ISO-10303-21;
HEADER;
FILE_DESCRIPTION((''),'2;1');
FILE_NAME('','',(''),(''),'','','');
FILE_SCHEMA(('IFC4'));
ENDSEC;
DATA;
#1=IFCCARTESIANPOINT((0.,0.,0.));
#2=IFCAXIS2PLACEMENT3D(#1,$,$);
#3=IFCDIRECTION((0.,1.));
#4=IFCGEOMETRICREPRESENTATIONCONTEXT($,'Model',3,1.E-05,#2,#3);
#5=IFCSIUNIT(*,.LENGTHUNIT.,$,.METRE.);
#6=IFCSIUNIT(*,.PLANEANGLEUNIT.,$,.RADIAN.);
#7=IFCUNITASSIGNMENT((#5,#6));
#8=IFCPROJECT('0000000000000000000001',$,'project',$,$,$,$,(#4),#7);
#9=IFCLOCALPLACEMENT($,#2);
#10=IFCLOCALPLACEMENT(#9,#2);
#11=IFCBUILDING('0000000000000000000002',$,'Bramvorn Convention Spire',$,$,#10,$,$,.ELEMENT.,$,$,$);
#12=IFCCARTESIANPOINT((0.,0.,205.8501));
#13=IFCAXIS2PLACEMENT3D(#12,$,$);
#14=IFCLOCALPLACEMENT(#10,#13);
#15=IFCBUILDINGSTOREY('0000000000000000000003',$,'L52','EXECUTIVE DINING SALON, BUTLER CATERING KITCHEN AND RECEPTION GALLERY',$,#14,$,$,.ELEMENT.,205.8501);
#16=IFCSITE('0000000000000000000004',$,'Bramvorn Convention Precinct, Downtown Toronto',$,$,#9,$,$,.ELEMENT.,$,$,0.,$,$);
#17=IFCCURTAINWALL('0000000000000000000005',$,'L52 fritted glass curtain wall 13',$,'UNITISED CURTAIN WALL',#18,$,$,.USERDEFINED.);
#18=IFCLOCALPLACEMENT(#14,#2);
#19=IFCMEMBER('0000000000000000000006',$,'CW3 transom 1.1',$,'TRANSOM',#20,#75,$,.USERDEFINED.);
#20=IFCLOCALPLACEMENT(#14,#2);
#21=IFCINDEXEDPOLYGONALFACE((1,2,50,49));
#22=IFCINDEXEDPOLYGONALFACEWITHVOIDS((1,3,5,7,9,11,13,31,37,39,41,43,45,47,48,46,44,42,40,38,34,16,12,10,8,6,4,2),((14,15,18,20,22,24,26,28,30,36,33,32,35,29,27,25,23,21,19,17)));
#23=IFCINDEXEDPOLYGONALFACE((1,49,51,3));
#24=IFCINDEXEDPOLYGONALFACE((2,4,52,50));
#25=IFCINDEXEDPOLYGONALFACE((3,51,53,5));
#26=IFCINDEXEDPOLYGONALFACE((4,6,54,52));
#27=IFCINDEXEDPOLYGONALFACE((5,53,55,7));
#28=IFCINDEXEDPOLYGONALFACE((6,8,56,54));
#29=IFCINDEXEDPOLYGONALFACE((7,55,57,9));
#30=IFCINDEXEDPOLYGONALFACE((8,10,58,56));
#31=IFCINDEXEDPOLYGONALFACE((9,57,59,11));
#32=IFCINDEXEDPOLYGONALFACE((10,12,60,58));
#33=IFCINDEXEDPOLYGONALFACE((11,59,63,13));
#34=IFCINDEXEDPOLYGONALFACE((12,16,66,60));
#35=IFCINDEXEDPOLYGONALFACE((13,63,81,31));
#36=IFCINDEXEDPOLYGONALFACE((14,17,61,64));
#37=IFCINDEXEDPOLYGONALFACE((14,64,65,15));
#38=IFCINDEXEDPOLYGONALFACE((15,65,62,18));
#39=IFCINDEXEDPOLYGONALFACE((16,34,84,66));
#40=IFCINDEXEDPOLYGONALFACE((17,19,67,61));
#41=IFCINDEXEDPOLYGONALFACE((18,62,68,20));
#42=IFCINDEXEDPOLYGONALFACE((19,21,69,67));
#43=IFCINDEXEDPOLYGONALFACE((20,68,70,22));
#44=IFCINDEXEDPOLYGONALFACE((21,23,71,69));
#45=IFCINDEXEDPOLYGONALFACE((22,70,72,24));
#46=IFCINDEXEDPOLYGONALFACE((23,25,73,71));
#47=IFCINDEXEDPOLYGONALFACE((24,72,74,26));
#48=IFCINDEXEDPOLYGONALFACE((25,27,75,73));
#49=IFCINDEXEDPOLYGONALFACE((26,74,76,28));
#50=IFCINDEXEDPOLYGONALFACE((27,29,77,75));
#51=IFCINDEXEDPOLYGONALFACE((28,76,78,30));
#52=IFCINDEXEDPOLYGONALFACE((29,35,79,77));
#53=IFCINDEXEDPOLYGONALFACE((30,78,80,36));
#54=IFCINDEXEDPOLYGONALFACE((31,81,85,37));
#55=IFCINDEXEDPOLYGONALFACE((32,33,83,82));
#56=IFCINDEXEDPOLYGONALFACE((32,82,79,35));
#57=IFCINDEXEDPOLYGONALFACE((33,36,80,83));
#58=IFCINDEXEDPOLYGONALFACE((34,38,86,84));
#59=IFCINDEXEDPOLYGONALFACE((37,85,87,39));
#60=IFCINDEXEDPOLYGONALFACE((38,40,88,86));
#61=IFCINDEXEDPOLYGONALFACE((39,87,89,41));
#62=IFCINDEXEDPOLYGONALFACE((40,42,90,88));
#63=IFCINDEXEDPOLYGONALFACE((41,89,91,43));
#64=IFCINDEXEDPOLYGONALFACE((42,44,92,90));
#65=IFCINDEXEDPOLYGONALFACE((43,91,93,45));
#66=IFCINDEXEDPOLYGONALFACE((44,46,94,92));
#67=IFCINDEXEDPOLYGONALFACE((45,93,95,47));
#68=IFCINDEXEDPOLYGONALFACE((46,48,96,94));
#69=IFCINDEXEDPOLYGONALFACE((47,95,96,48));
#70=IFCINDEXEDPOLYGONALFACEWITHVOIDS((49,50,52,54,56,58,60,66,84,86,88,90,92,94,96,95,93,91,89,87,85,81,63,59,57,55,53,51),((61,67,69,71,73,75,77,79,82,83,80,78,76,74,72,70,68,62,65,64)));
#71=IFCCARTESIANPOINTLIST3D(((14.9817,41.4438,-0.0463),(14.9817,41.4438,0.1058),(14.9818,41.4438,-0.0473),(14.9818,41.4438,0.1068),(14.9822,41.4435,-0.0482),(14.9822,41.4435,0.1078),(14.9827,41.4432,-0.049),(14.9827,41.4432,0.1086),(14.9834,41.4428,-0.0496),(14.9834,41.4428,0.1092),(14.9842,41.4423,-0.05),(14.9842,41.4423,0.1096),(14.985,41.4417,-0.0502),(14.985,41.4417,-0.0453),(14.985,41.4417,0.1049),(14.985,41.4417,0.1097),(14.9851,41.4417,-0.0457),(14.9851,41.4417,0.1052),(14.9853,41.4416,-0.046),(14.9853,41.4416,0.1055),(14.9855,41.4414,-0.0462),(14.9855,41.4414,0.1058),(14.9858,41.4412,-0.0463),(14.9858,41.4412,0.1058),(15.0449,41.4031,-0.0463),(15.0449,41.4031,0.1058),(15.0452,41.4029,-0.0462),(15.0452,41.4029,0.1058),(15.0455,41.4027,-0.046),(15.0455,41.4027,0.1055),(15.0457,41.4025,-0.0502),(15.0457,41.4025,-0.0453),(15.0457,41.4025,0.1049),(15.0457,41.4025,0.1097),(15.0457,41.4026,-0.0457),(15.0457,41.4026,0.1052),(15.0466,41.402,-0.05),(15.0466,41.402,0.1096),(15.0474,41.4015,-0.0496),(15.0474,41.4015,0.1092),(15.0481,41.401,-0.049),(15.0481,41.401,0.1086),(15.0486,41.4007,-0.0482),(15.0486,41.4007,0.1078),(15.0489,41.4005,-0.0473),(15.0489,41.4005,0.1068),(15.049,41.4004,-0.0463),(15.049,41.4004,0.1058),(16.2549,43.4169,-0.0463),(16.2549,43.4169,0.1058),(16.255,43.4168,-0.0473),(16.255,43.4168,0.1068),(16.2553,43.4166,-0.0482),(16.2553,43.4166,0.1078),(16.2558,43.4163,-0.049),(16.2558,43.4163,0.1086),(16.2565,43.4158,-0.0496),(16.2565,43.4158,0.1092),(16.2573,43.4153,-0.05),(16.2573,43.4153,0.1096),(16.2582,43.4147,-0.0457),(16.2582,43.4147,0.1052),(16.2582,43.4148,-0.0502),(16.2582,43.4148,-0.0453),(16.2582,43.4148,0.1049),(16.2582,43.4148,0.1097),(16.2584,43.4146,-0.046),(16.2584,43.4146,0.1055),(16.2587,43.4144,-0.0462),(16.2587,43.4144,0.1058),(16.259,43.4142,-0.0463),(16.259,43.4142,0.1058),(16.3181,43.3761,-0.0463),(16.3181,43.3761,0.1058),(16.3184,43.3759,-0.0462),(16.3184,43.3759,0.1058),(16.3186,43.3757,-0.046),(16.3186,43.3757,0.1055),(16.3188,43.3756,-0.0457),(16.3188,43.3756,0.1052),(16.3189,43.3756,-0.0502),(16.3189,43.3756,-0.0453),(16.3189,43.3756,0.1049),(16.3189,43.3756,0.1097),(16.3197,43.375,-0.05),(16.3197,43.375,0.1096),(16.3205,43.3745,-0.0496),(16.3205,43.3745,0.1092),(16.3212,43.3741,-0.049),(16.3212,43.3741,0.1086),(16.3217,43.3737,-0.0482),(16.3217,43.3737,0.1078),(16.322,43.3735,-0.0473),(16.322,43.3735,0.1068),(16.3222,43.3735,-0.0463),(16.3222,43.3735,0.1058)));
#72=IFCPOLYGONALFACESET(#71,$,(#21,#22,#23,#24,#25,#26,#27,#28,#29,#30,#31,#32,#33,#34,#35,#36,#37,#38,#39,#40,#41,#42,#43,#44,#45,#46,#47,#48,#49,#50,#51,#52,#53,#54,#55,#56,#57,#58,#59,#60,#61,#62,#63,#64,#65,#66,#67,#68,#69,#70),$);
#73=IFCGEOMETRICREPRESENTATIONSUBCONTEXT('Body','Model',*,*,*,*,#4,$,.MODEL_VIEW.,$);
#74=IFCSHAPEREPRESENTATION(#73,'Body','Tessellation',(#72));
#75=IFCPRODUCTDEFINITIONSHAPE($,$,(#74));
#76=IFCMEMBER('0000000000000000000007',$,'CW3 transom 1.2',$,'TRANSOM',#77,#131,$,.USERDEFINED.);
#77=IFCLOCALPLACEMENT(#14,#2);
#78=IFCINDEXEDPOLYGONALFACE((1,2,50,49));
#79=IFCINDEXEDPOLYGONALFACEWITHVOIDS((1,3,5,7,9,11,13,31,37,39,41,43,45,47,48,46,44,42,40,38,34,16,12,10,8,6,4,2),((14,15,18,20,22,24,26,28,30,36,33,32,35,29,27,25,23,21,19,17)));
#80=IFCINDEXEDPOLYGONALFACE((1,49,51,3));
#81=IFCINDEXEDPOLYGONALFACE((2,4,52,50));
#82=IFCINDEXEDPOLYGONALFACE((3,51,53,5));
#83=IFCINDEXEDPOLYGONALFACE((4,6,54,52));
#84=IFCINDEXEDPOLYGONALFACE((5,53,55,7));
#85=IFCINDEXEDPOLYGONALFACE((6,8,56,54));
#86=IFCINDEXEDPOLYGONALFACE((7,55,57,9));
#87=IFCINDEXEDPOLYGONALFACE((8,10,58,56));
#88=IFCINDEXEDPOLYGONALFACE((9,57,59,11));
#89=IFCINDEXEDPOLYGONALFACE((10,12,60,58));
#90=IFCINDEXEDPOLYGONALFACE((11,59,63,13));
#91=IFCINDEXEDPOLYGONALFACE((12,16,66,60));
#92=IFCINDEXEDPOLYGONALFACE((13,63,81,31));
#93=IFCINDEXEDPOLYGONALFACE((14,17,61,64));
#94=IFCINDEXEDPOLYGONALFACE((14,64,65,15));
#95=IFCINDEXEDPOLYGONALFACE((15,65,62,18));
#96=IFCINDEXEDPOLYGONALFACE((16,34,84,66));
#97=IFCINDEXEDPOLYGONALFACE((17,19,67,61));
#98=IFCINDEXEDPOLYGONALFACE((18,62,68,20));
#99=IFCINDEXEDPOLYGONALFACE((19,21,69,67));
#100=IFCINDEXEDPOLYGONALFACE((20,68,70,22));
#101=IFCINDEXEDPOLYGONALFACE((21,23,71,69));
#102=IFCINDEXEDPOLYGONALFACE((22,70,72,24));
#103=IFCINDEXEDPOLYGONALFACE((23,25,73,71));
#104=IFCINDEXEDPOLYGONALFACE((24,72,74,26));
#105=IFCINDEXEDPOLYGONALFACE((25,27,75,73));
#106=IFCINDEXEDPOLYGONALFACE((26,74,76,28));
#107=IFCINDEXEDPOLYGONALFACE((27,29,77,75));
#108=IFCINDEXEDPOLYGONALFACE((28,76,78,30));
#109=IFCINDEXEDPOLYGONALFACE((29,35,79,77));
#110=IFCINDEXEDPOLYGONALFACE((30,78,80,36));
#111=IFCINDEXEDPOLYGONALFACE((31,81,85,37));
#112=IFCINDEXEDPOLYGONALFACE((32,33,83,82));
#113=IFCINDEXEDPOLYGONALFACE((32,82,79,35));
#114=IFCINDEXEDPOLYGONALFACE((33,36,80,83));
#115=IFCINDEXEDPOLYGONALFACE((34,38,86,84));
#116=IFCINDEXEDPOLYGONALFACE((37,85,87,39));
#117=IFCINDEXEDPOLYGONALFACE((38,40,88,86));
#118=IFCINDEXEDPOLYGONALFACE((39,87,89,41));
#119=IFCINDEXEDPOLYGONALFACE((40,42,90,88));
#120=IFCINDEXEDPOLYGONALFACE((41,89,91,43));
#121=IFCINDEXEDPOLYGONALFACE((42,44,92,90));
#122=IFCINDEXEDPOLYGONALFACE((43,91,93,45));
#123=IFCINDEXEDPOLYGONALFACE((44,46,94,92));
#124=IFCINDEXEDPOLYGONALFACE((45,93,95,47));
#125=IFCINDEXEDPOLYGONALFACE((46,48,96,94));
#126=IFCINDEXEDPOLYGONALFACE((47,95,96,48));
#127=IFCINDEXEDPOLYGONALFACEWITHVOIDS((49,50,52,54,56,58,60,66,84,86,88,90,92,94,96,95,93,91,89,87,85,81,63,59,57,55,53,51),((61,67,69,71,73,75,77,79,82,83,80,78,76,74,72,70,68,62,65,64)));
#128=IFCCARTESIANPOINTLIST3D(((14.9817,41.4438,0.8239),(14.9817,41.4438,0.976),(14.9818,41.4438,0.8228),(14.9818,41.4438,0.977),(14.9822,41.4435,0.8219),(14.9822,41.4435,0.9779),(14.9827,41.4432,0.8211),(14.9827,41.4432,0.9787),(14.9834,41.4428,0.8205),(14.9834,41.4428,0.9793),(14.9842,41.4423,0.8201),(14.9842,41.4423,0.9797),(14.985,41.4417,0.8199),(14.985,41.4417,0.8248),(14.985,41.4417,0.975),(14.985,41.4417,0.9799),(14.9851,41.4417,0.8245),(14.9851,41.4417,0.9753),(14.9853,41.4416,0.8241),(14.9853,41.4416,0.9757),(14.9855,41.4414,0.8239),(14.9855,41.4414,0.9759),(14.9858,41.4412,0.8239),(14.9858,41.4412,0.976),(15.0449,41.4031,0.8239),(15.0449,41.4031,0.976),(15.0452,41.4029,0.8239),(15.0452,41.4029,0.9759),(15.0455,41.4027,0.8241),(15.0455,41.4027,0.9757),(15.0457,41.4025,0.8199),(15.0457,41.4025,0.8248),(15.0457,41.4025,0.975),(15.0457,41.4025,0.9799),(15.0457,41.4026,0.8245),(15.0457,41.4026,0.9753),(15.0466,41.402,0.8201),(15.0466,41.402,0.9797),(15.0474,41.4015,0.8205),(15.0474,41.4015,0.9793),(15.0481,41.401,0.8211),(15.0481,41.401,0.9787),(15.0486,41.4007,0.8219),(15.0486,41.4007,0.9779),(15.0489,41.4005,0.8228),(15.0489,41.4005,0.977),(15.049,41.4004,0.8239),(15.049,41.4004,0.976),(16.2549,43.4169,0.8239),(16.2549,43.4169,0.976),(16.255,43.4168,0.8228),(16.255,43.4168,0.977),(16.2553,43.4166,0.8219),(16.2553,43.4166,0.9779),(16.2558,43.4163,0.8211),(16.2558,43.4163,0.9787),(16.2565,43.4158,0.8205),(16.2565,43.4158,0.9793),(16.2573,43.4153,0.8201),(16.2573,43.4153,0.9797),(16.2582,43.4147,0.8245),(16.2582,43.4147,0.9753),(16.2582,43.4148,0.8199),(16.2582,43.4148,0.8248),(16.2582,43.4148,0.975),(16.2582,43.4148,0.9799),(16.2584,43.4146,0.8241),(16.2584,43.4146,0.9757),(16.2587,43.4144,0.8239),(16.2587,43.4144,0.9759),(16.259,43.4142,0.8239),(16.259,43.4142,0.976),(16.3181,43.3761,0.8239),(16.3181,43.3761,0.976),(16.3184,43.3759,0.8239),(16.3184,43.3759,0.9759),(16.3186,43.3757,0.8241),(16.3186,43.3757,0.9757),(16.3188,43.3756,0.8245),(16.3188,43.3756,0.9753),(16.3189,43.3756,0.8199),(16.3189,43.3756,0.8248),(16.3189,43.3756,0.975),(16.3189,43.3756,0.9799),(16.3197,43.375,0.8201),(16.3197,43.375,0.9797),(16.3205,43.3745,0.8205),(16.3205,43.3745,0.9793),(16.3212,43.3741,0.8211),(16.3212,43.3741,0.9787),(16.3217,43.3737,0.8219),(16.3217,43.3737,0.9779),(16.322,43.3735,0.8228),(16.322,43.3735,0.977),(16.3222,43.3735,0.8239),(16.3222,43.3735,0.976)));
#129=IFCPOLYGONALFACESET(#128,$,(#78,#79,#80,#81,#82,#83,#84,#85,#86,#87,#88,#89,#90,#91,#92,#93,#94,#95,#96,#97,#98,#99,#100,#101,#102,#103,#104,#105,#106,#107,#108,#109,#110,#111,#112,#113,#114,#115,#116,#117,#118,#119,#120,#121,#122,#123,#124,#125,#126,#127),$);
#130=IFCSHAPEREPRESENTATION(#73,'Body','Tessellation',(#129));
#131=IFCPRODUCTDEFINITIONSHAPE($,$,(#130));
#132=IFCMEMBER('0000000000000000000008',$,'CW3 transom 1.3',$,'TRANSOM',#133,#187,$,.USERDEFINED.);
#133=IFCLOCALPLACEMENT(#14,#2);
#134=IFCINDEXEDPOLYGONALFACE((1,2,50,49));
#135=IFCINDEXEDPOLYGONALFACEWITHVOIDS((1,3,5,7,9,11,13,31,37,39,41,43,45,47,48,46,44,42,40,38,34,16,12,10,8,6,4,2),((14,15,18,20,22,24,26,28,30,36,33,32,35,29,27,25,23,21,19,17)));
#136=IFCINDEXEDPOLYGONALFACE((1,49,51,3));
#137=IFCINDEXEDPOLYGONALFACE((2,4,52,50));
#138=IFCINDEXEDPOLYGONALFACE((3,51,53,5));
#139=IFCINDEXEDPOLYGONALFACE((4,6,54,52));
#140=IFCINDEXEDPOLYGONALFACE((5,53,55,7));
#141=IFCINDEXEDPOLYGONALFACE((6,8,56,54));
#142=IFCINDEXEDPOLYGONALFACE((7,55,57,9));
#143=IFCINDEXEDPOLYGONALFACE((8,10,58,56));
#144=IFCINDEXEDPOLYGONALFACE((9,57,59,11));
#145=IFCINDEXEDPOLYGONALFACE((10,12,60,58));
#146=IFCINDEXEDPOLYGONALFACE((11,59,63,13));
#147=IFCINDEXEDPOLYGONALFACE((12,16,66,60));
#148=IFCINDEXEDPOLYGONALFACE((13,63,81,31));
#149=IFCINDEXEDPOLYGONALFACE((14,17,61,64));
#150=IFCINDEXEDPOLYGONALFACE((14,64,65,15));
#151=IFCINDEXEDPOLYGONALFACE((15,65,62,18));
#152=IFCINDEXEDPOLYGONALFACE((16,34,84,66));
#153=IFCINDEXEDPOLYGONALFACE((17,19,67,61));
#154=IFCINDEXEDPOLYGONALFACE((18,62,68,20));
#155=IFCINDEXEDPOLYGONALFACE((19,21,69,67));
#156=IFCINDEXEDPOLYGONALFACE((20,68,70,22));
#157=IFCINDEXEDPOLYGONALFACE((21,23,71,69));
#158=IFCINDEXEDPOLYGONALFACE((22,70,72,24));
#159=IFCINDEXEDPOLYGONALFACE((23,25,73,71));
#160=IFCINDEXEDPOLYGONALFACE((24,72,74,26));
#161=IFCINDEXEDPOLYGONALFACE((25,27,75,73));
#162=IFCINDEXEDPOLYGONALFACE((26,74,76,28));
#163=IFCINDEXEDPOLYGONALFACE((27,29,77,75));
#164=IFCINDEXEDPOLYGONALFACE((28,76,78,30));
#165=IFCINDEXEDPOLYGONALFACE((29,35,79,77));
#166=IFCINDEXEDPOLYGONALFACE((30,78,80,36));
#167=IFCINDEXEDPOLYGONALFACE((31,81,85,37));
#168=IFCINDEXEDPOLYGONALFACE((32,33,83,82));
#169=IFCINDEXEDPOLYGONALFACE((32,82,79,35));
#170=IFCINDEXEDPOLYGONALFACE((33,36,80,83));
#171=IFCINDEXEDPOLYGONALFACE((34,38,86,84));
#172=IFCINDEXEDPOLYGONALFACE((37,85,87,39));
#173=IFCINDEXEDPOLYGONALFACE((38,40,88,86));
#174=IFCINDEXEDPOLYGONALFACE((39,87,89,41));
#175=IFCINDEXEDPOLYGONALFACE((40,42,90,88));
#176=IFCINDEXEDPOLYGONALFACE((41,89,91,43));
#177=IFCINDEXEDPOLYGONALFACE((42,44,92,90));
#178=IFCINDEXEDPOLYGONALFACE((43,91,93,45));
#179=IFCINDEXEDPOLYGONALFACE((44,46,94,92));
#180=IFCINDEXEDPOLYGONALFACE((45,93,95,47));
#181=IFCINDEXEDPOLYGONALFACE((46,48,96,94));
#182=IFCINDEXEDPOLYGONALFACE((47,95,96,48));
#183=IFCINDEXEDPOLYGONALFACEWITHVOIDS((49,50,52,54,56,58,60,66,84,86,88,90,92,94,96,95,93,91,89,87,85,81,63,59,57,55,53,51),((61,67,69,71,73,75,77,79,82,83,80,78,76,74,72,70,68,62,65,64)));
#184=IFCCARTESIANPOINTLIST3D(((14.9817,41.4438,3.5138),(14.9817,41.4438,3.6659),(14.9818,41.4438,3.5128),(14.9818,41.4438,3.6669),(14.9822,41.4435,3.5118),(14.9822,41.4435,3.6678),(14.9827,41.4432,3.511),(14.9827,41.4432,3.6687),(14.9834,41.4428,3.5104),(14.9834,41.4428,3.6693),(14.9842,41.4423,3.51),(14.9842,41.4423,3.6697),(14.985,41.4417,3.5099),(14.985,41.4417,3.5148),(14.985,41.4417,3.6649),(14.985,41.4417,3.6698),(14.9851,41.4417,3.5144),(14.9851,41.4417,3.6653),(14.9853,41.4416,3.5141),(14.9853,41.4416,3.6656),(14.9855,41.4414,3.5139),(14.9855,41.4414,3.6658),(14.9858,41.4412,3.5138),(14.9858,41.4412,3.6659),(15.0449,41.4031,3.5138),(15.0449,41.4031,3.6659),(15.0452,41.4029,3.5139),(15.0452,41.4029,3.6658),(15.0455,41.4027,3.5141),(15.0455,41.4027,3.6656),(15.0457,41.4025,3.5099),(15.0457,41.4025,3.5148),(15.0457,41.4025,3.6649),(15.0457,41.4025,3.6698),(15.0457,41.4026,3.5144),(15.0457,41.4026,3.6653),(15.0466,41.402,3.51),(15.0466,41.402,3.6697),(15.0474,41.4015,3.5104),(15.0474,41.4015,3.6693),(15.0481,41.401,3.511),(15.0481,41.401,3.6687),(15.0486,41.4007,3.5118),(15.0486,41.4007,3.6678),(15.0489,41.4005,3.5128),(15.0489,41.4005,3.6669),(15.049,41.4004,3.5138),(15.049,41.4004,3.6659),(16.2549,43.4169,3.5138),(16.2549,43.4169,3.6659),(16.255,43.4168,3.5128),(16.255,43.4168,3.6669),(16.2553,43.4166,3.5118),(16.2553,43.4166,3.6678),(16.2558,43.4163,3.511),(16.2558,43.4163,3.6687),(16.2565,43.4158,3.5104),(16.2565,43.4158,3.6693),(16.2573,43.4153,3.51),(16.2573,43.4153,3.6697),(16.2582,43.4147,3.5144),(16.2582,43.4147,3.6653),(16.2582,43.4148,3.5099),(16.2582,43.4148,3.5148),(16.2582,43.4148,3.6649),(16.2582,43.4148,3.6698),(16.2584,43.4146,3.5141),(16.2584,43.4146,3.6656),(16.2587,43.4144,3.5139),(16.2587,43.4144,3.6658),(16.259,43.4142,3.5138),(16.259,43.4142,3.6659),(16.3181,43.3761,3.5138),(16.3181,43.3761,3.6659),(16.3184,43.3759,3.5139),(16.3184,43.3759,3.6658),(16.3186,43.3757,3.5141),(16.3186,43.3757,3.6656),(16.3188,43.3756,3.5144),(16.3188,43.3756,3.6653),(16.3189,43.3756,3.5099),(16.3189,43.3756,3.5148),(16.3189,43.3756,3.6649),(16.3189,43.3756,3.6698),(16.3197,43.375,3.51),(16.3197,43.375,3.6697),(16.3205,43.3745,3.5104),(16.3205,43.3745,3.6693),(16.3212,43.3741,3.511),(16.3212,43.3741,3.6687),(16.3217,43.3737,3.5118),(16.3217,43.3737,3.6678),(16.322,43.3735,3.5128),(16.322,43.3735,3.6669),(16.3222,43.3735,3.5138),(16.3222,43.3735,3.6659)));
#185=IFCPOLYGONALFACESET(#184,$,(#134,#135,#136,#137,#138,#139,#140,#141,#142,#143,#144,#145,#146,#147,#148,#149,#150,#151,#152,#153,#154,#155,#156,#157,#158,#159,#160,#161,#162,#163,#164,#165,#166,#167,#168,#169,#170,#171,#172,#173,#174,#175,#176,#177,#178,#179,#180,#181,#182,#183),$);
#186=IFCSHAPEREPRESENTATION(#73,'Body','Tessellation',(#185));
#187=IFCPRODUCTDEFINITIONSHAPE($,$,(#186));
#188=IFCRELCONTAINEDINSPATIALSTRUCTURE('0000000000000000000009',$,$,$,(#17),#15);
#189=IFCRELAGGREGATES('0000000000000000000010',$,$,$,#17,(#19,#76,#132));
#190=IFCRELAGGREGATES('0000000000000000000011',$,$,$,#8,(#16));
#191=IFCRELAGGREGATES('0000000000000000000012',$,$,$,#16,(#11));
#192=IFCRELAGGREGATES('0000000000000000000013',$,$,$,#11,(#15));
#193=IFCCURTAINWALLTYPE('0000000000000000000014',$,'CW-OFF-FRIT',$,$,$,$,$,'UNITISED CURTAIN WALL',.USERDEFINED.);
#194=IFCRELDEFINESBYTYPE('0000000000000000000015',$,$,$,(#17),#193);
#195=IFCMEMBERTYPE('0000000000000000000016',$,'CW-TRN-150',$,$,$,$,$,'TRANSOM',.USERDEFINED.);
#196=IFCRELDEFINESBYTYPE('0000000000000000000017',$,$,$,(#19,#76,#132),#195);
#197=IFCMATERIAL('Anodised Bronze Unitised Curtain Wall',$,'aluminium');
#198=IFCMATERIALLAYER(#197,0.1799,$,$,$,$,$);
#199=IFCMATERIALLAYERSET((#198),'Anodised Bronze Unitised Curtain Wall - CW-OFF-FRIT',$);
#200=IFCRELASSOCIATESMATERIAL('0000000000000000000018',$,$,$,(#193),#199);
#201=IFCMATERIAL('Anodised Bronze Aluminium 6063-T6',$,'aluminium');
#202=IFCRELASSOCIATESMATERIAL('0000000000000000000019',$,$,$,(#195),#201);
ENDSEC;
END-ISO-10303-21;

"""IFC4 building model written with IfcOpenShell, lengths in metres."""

from ifc_helpers import new_model, si_unit, direction, frame, origin, origin_2d, place, context, subcontext, project, spatial, hollow_rectangle, extrude, material, layer, layer_set, material_profile, profile_set, type_object, element, aggregate, save


model = new_model("IFC4")

# Units and contexts
model_context = context("Model", 3, precision=1e-05, world=origin(), true_north=direction((0.0, 1.0)))
body_context = subcontext(model_context, "Body", "Model", "MODEL_VIEW")
ifc_project = project(units=[si_unit("LENGTHUNIT", "METRE"), si_unit("PLANEANGLEUNIT", "RADIAN")], contexts=[model_context])

# Site, building, storey
site_placement = place(None, origin())
site = spatial("IfcSite", under=ifc_project, at=site_placement, Name="Bramvorn Convention Precinct, Downtown Toronto", CompositionType="ELEMENT", RefElevation=0.0)
building_placement = place(site_placement, origin())
building = spatial("IfcBuilding", under=site, at=building_placement, Name="Bramvorn Convention Spire", CompositionType="ELEMENT")
storey_placement = place(building_placement, frame((0.0, 0.0, 205.8501)))
storey = spatial("IfcBuildingStorey", under=building, at=storey_placement, Name="L52", Description="EXECUTIVE DINING SALON, BUTLER CATERING KITCHEN AND RECEPTION GALLERY", CompositionType="ELEMENT", Elevation=205.8501)

# Curtain wall
ifc_material_1 = material(Name="Anodised Bronze Unitised Curtain Wall", Category="aluminium")
ifc_layer_1 = layer(ifc_material_1, 0.1799)
ifc_layer_set_1 = layer_set([ifc_layer_1], Name="Anodised Bronze Unitised Curtain Wall - CW-OFF-FRIT")
curtain_wall_type = type_object("IfcCurtainWallType", Name="CW-OFF-FRIT", ElementType="UNITISED CURTAIN WALL", PredefinedType="USERDEFINED", material=ifc_layer_set_1)
ifc_material_2 = material(Name="Anodised Bronze Aluminium 6063-T6", Category="aluminium")
curtain_wall_1_placement = place(storey_placement, origin())
curtain_wall_1 = element("IfcCurtainWall", 1, at=curtain_wall_1_placement, inside=storey, type_object=curtain_wall_type, Name="L52 fritted glass curtain wall 13", ObjectType="UNITISED CURTAIN WALL", PredefinedType="USERDEFINED")

# Members
ifc_material_profile_1 = material_profile(ifc_material_2, hollow_rectangle(XDim=0.0801, YDim=0.1599, WallThickness=0.0039, InnerFilletRadius=0.001, OuterFilletRadius=0.0039, at=origin_2d()))
ifc_profile_set_1 = profile_set([ifc_material_profile_1], Name="Anodised Bronze Aluminium 6063-T6 - CWT80X160")
member_type_1 = type_object("IfcMemberType", Name="CW-TRN-150", ElementType="TRANSOM", PredefinedType="USERDEFINED", material=ifc_profile_set_1)
member_1_placement = place(storey_placement, frame((15.0154, 41.4221, 0.0298), z_axis=(0.542186, 0.840258, 0.0), x_axis=(-0.840258, 0.542186, 0.0)))
member_1 = element("IfcMember", 2, at=member_1_placement, type_object=member_type_1, Name="CW3 transom 1.1", ObjectType="TRANSOM", PredefinedType="USERDEFINED", context=body_context, shape_type="SweptSolid", body=[
    extrude(hollow_rectangle(XDim=0.0801, YDim=0.1599, WallThickness=0.0039, InnerFilletRadius=0.001, OuterFilletRadius=0.0039, at=origin_2d()), origin(), (0.0, 0.0, 1.0), 2.3481),
])
member_2_placement = place(storey_placement, frame((15.0154, 41.4221, 0.8999), z_axis=(0.542186, 0.840258, 0.0), x_axis=(-0.840258, 0.542186, 0.0)))
member_2 = element("IfcMember", 3, at=member_2_placement, type_object=member_type_1, Name="CW3 transom 1.2", ObjectType="TRANSOM", PredefinedType="USERDEFINED", context=body_context, shape_type="SweptSolid", body=[
    extrude(hollow_rectangle(XDim=0.0801, YDim=0.1599, WallThickness=0.0039, InnerFilletRadius=0.001, OuterFilletRadius=0.0039, at=origin_2d()), origin(), (0.0, 0.0, 1.0), 2.3481),
])
member_3_placement = place(storey_placement, frame((15.0154, 41.4221, 3.5898), z_axis=(0.542186, 0.840258, 0.0), x_axis=(-0.840258, 0.542186, 0.0)))
member_3 = element("IfcMember", 4, at=member_3_placement, type_object=member_type_1, Name="CW3 transom 1.3", ObjectType="TRANSOM", PredefinedType="USERDEFINED", context=body_context, shape_type="SweptSolid", body=[
    extrude(hollow_rectangle(XDim=0.0801, YDim=0.1599, WallThickness=0.0039, InnerFilletRadius=0.001, OuterFilletRadius=0.0039, at=origin_2d()), origin(), (0.0, 0.0, 1.0), 2.3481),
])

aggregate(curtain_wall_1, [member_1, member_2, member_3])

save(model, "model.ifc")
